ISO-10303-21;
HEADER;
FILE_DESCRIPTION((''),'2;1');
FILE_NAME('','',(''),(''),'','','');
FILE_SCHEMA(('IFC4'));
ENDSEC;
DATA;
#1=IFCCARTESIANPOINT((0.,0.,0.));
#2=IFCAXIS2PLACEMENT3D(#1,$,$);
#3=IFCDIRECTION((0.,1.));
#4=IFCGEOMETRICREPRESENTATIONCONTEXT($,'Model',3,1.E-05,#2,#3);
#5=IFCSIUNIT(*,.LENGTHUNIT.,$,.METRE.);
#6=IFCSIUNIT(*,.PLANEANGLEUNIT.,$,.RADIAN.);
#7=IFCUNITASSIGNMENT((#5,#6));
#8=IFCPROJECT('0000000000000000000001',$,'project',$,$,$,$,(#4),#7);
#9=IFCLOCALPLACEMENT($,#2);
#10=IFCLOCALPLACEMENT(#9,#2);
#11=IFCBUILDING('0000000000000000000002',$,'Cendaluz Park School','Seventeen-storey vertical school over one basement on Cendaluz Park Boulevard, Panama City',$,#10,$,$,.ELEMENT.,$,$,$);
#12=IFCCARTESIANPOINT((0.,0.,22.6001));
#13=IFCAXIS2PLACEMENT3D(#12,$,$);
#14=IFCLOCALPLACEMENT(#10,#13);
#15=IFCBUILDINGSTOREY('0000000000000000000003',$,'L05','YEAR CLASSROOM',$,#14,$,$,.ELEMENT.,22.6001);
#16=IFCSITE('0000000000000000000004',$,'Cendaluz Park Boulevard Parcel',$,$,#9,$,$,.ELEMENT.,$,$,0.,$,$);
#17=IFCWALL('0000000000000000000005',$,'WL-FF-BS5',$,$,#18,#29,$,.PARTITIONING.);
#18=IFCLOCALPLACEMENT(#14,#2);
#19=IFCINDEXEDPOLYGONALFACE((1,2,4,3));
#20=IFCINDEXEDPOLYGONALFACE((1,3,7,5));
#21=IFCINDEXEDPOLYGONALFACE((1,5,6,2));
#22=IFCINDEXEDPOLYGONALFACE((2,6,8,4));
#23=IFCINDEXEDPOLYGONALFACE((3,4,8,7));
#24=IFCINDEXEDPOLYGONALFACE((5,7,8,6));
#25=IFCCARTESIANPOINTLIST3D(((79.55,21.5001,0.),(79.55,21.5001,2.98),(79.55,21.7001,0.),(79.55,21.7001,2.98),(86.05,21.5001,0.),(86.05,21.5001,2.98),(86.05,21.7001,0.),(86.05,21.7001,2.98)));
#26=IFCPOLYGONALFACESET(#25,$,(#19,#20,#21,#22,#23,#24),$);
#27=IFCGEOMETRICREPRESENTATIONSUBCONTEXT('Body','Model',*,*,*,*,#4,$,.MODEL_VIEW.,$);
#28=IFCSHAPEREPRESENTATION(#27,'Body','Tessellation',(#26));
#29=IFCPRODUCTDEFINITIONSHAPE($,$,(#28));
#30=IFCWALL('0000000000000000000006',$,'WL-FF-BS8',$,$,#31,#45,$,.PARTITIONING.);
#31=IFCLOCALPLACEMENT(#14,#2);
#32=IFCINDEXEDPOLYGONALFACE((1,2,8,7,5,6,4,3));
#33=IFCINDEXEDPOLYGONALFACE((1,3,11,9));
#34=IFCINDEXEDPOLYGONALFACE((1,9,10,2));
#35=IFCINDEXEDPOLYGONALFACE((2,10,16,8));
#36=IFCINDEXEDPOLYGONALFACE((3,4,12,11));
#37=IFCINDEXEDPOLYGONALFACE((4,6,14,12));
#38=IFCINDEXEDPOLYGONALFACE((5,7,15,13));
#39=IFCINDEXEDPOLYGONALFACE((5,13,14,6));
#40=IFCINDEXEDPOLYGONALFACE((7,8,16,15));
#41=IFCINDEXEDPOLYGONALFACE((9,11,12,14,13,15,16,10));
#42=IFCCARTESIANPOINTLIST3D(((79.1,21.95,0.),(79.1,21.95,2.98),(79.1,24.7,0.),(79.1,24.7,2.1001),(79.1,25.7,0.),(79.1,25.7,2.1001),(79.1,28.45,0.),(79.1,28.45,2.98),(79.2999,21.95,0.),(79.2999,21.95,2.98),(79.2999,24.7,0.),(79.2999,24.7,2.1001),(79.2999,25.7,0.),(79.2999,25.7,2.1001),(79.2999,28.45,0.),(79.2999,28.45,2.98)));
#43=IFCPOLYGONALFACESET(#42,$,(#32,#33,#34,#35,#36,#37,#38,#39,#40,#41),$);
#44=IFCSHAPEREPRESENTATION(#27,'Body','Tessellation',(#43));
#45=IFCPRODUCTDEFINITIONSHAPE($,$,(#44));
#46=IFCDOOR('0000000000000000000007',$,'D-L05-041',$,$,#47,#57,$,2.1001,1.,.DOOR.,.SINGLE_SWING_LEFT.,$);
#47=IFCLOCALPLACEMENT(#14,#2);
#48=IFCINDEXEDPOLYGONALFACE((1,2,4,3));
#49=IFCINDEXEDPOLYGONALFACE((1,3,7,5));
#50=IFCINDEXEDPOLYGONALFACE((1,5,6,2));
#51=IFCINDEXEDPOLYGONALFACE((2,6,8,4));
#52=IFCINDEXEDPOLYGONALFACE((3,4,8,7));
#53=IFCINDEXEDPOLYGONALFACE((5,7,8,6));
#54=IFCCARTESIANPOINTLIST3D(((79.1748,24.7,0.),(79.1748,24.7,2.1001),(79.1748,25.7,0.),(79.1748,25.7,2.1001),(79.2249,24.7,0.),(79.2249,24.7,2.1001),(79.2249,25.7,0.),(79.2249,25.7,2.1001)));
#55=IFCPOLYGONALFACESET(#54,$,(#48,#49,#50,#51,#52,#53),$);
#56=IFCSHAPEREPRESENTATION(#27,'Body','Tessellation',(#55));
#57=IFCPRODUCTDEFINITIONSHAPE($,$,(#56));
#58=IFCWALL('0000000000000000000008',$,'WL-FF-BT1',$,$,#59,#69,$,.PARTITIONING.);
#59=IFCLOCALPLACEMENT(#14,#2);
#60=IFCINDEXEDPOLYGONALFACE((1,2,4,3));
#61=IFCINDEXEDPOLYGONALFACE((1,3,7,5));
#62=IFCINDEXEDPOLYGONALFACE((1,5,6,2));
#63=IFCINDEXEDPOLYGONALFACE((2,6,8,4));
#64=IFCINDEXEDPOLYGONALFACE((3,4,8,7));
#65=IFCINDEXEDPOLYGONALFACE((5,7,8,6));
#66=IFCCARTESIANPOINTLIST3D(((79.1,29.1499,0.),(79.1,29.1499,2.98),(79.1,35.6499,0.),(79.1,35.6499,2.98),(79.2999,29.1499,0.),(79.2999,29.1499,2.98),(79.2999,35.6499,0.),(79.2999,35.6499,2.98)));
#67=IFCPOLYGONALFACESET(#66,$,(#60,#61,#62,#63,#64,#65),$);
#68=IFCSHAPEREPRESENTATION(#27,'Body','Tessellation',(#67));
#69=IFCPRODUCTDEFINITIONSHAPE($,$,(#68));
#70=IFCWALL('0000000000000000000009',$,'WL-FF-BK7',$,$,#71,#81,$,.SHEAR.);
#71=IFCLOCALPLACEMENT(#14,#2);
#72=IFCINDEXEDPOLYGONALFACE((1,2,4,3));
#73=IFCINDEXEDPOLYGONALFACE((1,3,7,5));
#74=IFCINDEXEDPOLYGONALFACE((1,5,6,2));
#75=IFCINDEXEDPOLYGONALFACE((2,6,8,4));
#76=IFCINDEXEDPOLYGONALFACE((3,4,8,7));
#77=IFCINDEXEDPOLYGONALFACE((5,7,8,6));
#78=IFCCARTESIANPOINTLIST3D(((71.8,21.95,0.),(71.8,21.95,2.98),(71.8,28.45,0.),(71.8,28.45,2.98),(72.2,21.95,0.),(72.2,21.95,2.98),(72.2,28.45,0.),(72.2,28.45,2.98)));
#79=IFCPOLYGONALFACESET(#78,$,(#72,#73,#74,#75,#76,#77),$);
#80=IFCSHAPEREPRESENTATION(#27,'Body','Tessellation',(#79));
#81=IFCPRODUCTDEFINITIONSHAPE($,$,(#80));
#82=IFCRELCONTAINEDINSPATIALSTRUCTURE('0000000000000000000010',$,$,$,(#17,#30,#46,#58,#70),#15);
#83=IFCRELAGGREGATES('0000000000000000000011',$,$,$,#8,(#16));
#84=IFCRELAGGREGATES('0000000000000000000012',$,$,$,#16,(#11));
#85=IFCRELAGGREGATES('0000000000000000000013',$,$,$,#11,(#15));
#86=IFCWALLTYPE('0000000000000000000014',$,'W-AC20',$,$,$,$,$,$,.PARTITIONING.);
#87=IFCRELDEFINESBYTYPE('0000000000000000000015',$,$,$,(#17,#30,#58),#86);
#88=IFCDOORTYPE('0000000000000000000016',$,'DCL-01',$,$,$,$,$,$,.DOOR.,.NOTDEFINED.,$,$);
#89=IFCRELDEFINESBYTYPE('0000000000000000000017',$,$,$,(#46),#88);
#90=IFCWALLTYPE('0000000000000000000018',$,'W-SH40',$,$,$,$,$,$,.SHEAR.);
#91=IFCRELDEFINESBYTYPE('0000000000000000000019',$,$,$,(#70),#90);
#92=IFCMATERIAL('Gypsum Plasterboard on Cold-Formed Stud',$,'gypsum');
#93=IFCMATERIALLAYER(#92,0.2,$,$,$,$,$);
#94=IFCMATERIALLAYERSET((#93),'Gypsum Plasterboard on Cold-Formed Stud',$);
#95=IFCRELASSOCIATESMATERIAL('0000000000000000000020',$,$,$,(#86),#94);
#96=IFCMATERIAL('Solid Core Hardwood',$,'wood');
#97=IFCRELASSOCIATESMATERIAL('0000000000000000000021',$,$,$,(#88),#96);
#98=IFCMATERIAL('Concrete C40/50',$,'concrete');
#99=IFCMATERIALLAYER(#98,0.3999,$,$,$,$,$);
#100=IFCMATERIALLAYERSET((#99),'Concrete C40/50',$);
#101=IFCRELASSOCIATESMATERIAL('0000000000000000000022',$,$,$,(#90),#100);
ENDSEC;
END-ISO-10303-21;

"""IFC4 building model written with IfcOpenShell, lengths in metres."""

from ifc_helpers import new_model, si_unit, direction, frame, frame_2d, origin, place, context, subcontext, project, spatial, rectangle, extrude, material, layer, layer_set, type_object, element, fill, save


model = new_model("IFC4")

# Units and contexts
model_context = context("Model", 3, precision=1e-05, world=origin(), true_north=direction((0.0, 1.0)))
body_context = subcontext(model_context, "Body", "Model", "MODEL_VIEW")
ifc_project = project(units=[si_unit("LENGTHUNIT", "METRE"), si_unit("PLANEANGLEUNIT", "RADIAN")], contexts=[model_context])

# Site, building, storey
site_placement = place(None, origin())
site = spatial("IfcSite", under=ifc_project, at=site_placement, Name="Cendaluz Park Boulevard Parcel", CompositionType="ELEMENT", RefElevation=0.0)
building_placement = place(site_placement, origin())
building = spatial("IfcBuilding", under=site, at=building_placement, Name="Cendaluz Park School", Description="Seventeen-storey vertical school over one basement on Cendaluz Park Boulevard, Panama City", CompositionType="ELEMENT")
storey_placement = place(building_placement, frame((0.0, 0.0, 22.6001)))
storey = spatial("IfcBuildingStorey", under=building, at=storey_placement, Name="L05", Description="YEAR CLASSROOM", CompositionType="ELEMENT", Elevation=22.6001)

# Shared definitions
ifc_material_1 = material(Name="Concrete C40/50", Category="concrete")

# Shared definitions
ifc_material_2 = material(Name="Gypsum Plasterboard on Cold-Formed Stud", Category="gypsum")
ifc_layer_1 = layer(ifc_material_2, 0.2)
ifc_layer_set_1 = layer_set([ifc_layer_1], Name="Gypsum Plasterboard on Cold-Formed Stud")
wall_type_1 = type_object("IfcWallType", Name="W-AC20", PredefinedType="PARTITIONING", material=ifc_layer_set_1)
ifc_material_3 = material(Name="Solid Core Hardwood", Category="wood")

# Wall
wall_1_placement = place(storey_placement, frame((79.55, 21.6001, 0.0), z_axis=(0.0, 0.0, 1.0), x_axis=(1.0, 0.0, 0.0)))
element("IfcWall", 1, at=wall_1_placement, inside=storey, type_object=wall_type_1, Name="WL-FF-BS5", PredefinedType="PARTITIONING", context=body_context, shape_type="SweptSolid", body=[
    extrude(rectangle(XDim=6.5, YDim=0.2, at=frame_2d((3.25, 0.0))), origin(), (0.0, 0.0, 1.0), 2.98),
])

# Wall, opening, door
wall_2_placement = place(storey_placement, frame((79.2, 21.95, 0.0), z_axis=(0.0, 0.0, 1.0), x_axis=(0.0, 1.0, 0.0)))
wall_2 = element("IfcWall", 2, at=wall_2_placement, inside=storey, type_object=wall_type_1, Name="WL-FF-BS8", PredefinedType="PARTITIONING", context=body_context, shape_type="SweptSolid", body=[
    extrude(rectangle(XDim=6.5, YDim=0.2, at=frame_2d((3.25, 0.0))), origin(), (0.0, 0.0, 1.0), 2.98),
])
opening_1_placement = place(wall_2_placement, frame((2.75, 0.0, 0.0)))
opening_1 = element("IfcOpeningElement", 3, at=opening_1_placement, cuts=wall_2, PredefinedType="OPENING", context=body_context, shape_type="SweptSolid", body=[
    extrude(rectangle(XDim=1.0, YDim=2.1001, at=frame_2d((0.5, 1.05))), frame((0.0, 0.1121, 0.0), z_axis=(0.0, -1.0, 0.0), x_axis=(1.0, 0.0, 0.0)), (0.0, 0.0, 1.0), 0.2239),
])
door_type_1 = type_object("IfcDoorType", Name="DCL-01", OperationType="NOTDEFINED", PredefinedType="DOOR", material=ifc_material_3)
door_1_placement = place(opening_1_placement, frame((1.0, 0.0, 0.0), z_axis=(0.0, 0.0, 1.0), x_axis=(-1.0, 0.0, 0.0)))
door_1 = element("IfcDoor", 4, at=door_1_placement, inside=storey, type_object=door_type_1, Name="D-L05-041", OperationType="SINGLE_SWING_LEFT", OverallHeight=2.1001, OverallWidth=1.0, PredefinedType="DOOR", context=body_context, shape_type="SweptSolid", body=[
    extrude(rectangle(XDim=1.0, YDim=2.1001, at=frame_2d((0.5, 1.05))), frame((0.0, 0.0249, 0.0), z_axis=(0.0, -1.0, 0.0), x_axis=(1.0, 0.0, 0.0)), (0.0, 0.0, 1.0), 0.05),
])
fill(opening_1, door_1)

# Walls
wall_3_placement = place(storey_placement, frame((79.2, 29.1499, 0.0), z_axis=(0.0, 0.0, 1.0), x_axis=(0.0, 1.0, 0.0)))
element("IfcWall", 5, at=wall_3_placement, inside=storey, type_object=wall_type_1, Name="WL-FF-BT1", PredefinedType="PARTITIONING", context=body_context, shape_type="SweptSolid", body=[
    extrude(rectangle(XDim=6.5, YDim=0.2, at=frame_2d((3.25, 0.0))), origin(), (0.0, 0.0, 1.0), 2.98),
])
ifc_layer_2 = layer(ifc_material_1, 0.3999)
ifc_layer_set_2 = layer_set([ifc_layer_2], Name="Concrete C40/50")
wall_type_2 = type_object("IfcWallType", Name="W-SH40", PredefinedType="SHEAR", material=ifc_layer_set_2)
wall_4_placement = place(storey_placement, frame((72.0, 21.95, 0.0), z_axis=(0.0, 0.0, 1.0), x_axis=(0.0, 1.0, 0.0)))
element("IfcWall", 6, at=wall_4_placement, inside=storey, type_object=wall_type_2, Name="WL-FF-BK7", PredefinedType="SHEAR", context=body_context, shape_type="SweptSolid", body=[
    extrude(rectangle(XDim=6.5, YDim=0.3999, at=frame_2d((3.25, 0.0))), origin(), (0.0, 0.0, 1.0), 2.98),
])

save(model, "model.ifc")
